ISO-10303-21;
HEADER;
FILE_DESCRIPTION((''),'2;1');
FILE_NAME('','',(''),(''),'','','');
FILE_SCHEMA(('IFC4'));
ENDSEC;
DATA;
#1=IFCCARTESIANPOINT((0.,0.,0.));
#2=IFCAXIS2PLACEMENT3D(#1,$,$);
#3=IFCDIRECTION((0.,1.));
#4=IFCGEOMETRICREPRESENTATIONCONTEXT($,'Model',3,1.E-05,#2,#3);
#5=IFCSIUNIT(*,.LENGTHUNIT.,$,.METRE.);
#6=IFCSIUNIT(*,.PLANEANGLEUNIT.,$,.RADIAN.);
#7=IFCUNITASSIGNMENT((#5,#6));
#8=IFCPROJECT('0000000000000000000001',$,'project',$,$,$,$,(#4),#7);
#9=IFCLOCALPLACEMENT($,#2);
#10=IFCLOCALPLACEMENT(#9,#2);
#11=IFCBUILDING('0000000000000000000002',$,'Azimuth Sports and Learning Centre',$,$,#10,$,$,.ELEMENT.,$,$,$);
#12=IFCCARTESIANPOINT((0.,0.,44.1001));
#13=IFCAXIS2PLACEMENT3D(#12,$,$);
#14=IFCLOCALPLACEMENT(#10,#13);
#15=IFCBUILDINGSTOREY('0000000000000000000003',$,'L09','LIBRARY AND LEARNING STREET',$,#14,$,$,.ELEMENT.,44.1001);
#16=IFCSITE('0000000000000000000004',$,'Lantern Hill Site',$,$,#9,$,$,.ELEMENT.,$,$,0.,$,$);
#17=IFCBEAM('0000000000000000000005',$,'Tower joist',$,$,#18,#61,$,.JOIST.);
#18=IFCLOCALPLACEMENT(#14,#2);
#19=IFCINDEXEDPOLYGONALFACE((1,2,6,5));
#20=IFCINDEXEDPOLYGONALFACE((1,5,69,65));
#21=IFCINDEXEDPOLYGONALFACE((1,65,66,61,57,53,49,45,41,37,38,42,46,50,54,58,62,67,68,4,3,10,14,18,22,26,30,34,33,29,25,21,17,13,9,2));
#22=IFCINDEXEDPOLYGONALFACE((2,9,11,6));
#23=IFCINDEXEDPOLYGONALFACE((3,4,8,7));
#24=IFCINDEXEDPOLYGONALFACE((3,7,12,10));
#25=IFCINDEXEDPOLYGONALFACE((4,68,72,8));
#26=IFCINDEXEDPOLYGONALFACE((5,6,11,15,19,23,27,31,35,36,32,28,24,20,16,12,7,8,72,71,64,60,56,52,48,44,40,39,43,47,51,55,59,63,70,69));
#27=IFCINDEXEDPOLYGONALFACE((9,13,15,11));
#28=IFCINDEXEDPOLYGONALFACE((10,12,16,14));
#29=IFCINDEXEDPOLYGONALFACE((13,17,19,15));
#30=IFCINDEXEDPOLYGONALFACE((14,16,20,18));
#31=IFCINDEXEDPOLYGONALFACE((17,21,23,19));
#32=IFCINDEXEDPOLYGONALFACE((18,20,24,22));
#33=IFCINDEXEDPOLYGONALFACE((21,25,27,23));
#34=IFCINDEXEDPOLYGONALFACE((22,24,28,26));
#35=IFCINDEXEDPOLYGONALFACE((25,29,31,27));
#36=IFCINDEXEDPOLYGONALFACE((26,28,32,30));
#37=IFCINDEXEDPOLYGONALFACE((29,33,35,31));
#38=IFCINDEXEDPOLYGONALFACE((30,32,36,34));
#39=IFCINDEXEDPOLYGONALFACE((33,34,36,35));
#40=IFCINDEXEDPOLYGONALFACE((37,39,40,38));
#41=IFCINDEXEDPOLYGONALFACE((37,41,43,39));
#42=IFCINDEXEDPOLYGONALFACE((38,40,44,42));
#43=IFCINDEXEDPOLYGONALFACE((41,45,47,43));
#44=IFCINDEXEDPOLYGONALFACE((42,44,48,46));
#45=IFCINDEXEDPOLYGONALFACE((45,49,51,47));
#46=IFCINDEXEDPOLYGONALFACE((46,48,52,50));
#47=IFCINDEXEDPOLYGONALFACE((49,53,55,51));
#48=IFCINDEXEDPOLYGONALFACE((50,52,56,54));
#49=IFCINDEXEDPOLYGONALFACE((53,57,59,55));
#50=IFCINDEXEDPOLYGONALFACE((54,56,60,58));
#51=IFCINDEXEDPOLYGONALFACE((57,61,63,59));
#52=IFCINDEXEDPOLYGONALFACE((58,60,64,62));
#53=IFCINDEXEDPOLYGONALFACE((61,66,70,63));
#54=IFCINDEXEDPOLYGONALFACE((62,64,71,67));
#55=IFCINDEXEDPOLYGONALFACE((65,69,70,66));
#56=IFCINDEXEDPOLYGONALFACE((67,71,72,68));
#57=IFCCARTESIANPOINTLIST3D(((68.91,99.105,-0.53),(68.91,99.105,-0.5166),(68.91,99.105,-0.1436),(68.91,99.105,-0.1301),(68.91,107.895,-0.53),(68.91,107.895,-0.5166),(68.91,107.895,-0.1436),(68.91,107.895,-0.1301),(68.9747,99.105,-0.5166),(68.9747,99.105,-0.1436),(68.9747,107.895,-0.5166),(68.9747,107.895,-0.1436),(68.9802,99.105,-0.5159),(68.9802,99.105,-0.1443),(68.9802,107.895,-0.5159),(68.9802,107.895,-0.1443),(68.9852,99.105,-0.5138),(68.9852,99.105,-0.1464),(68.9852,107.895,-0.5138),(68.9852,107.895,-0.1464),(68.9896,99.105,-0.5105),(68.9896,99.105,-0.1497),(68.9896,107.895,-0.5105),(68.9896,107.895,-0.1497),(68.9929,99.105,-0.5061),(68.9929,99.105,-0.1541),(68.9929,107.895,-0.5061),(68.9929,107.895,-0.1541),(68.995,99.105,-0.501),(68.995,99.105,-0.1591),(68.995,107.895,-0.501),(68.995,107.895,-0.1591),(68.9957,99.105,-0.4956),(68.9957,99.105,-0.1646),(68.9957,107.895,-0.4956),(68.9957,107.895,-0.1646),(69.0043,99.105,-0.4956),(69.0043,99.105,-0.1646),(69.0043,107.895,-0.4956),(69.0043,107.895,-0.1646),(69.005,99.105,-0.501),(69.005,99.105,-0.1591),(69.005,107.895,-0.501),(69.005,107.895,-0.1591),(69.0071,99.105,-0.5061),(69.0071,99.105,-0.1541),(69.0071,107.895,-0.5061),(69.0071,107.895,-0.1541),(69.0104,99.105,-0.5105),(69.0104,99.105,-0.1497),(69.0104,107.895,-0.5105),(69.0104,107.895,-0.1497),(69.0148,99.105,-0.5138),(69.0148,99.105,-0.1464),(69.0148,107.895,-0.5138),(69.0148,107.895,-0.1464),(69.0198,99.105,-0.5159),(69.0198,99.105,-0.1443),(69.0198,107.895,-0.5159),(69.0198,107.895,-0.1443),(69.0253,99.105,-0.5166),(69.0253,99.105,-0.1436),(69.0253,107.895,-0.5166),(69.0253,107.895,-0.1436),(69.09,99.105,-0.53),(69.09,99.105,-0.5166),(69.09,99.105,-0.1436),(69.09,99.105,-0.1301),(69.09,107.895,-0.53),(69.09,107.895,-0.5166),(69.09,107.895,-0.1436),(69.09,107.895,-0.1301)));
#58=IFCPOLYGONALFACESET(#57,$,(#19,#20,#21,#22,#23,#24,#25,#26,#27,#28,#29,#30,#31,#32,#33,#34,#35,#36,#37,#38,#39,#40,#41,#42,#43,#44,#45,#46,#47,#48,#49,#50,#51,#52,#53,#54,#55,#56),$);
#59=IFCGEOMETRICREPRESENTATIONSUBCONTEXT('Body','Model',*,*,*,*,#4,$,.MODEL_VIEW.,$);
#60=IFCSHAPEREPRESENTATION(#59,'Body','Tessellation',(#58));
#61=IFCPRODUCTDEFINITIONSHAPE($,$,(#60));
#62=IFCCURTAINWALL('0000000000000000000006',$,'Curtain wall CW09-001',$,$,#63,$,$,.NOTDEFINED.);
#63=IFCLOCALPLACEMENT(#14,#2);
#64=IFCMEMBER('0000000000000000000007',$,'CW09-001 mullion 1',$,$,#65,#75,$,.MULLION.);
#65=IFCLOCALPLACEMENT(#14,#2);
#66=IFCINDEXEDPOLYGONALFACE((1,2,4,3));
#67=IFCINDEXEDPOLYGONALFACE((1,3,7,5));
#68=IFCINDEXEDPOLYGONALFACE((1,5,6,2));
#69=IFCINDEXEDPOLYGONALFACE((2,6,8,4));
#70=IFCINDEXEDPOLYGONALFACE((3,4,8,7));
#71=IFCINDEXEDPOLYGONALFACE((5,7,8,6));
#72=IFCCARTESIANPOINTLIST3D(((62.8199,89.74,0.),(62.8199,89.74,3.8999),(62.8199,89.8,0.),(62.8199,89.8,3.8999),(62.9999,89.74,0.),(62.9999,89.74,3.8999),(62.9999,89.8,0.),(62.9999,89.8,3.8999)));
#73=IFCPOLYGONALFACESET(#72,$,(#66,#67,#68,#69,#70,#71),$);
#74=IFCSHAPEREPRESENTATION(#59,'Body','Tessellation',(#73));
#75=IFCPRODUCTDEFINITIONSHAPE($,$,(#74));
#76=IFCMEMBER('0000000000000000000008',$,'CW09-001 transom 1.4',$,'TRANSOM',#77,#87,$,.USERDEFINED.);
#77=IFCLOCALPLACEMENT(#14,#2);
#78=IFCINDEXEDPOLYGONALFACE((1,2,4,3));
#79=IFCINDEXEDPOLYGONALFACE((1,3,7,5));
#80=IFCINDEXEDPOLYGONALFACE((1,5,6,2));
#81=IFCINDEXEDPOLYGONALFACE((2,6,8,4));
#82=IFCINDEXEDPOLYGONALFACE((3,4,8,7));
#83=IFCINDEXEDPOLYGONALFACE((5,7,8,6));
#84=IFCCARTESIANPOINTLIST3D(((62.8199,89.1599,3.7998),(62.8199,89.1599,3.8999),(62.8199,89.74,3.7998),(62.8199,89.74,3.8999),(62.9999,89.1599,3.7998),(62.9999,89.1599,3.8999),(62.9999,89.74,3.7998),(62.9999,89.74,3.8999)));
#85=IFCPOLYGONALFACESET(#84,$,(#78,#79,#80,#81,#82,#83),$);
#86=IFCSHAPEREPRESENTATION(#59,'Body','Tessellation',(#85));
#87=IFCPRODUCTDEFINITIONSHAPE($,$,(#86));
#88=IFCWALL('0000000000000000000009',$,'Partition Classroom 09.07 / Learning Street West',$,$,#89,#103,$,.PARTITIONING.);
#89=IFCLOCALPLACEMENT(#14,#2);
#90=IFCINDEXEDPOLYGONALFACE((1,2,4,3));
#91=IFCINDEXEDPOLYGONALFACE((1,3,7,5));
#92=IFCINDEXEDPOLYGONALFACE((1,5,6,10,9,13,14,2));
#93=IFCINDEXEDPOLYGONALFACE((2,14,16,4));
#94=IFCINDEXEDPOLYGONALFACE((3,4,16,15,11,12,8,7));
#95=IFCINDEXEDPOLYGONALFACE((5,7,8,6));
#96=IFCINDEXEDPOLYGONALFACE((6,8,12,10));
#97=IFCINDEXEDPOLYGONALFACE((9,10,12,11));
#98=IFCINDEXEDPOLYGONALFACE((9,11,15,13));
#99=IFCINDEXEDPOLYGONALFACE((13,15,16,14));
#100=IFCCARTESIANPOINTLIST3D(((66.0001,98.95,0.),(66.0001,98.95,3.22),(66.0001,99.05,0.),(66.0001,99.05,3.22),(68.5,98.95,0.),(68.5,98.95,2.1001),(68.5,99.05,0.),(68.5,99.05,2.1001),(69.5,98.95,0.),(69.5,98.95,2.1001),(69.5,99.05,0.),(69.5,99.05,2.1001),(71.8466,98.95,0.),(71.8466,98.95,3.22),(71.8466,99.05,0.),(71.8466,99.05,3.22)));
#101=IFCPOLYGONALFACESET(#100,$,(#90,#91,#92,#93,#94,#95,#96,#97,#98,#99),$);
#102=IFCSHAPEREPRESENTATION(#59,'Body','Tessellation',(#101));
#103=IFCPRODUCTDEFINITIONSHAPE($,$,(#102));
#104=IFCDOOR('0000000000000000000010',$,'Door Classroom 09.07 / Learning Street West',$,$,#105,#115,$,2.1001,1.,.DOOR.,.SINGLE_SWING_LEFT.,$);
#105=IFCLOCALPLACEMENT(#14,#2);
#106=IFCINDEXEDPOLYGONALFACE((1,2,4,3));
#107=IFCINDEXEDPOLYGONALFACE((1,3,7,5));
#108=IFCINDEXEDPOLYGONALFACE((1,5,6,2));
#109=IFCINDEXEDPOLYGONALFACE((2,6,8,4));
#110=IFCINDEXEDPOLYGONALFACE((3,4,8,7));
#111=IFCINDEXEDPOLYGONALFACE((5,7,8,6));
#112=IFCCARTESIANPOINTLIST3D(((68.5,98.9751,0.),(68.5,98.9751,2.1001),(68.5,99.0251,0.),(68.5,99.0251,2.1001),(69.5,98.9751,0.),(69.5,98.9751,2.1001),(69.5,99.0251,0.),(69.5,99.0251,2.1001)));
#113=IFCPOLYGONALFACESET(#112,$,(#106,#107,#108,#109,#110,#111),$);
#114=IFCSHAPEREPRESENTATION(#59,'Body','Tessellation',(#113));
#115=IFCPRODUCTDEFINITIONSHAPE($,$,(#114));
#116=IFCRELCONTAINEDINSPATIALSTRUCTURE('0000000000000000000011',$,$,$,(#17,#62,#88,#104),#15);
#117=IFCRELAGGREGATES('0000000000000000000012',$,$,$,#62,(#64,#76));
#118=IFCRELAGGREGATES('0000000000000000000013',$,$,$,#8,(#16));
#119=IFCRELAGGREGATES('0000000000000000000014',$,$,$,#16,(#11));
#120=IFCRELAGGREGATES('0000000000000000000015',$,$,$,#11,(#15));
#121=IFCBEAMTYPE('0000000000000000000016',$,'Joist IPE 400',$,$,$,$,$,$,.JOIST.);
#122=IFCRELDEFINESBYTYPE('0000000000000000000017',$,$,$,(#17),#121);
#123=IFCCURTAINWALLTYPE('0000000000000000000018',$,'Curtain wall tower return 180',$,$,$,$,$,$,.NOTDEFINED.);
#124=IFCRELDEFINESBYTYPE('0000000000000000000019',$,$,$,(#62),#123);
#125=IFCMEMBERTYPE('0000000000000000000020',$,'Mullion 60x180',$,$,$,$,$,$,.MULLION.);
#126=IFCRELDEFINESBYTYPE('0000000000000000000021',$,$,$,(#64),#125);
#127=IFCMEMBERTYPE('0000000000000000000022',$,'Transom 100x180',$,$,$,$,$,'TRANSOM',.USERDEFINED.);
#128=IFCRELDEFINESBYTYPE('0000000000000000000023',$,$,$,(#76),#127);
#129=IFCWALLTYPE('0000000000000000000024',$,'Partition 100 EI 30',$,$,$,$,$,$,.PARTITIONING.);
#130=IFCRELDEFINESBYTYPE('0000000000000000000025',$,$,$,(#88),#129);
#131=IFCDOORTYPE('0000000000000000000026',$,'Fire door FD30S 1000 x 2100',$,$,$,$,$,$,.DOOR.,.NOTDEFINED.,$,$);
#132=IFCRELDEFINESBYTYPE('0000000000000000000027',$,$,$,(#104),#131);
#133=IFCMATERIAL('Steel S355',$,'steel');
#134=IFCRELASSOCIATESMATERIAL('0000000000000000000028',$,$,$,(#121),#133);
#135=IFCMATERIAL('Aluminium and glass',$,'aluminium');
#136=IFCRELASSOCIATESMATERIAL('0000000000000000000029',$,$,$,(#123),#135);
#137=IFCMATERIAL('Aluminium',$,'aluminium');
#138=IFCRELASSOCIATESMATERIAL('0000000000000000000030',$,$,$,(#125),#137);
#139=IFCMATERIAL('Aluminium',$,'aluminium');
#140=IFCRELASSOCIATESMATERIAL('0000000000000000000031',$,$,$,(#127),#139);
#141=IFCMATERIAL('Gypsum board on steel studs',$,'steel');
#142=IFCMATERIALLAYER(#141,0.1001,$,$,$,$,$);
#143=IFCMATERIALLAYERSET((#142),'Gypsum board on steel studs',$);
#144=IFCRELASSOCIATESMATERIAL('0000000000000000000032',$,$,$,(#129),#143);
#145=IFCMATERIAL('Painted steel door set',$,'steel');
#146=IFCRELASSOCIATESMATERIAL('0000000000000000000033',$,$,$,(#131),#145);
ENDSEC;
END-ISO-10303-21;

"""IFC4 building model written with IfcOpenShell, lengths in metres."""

from ifc_helpers import new_model, si_unit, direction, frame, frame_2d, origin, origin_2d, place, context, subcontext, project, spatial, rectangle, i_section, extrude, material, layer, layer_set, material_profile, profile_set, type_object, element, fill, aggregate, save


model = new_model("IFC4")

# Units and contexts
model_context = context("Model", 3, precision=1e-05, world=origin(), true_north=direction((0.0, 1.0)))
body_context = subcontext(model_context, "Body", "Model", "MODEL_VIEW")
ifc_project = project(units=[si_unit("LENGTHUNIT", "METRE"), si_unit("PLANEANGLEUNIT", "RADIAN")], contexts=[model_context])

# Site, building, storey
site_placement = place(None, origin())
site = spatial("IfcSite", under=ifc_project, at=site_placement, Name="Lantern Hill Site", CompositionType="ELEMENT", RefElevation=0.0)
building_placement = place(site_placement, origin())
building = spatial("IfcBuilding", under=site, at=building_placement, Name="Azimuth Sports and Learning Centre", CompositionType="ELEMENT")
storey_placement = place(building_placement, frame((0.0, 0.0, 44.1001)))
storey = spatial("IfcBuildingStorey", under=building, at=storey_placement, Name="L09", Description="LIBRARY AND LEARNING STREET", CompositionType="ELEMENT", Elevation=44.1001)

# Beam
ifc_material_1 = material(Name="Steel S355", Category="steel")
ifc_material_profile_1 = material_profile(ifc_material_1, i_section(OverallWidth=0.1799, OverallDepth=0.3999, WebThickness=0.0085, FlangeThickness=0.0134, FilletRadius=0.021, at=origin_2d()), Name="IPE 400")
ifc_profile_set_1 = profile_set([ifc_material_profile_1], Name="Steel S355")
beam_type_1 = type_object("IfcBeamType", Name="Joist IPE 400", PredefinedType="JOIST", material=ifc_profile_set_1)
for number, where, z_axis, x_axis, name in (
    (1, (69.0, 99.105, -0.3301), (0.0, 1.0, 0.0), (-1.0, 0.0, 0.0), "Tower joist"),
):
    element("IfcBeam", number, at=place(storey_placement, frame(where, z_axis=z_axis, x_axis=x_axis)), inside=storey, type_object=beam_type_1, Name=name, PredefinedType="JOIST", context=body_context, shape_type="SweptSolid", body=[
        extrude(i_section(OverallWidth=0.1799, OverallDepth=0.3999, WebThickness=0.0085, FlangeThickness=0.0134, FilletRadius=0.021, at=origin_2d()), origin(), (0.0, 0.0, 1.0), 8.79),
    ])

# Curtain wall, members
ifc_material_2 = material(Name="Aluminium and glass", Category="aluminium")
curtain_wall_type = type_object("IfcCurtainWallType", Name="Curtain wall tower return 180", PredefinedType="NOTDEFINED", material=ifc_material_2)
curtain_wall_placement = place(storey_placement, origin())
curtain_wall = element("IfcCurtainWall", 2, at=curtain_wall_placement, inside=storey, type_object=curtain_wall_type, Name="Curtain wall CW09-001", PredefinedType="NOTDEFINED")
ifc_material_3 = material(Name="Aluminium", Category="aluminium")
ifc_material_profile_2 = material_profile(ifc_material_3, rectangle(XDim=0.1799, YDim=0.0601, at=origin_2d()), Name="Mullion 60x180")
ifc_profile_set_2 = profile_set([ifc_material_profile_2], Name="Aluminium")
member_type_1 = type_object("IfcMemberType", Name="Mullion 60x180", PredefinedType="MULLION", material=ifc_profile_set_2)
member_1_placement = place(storey_placement, frame((62.9099, 89.77, 0.0), z_axis=(0.0, 0.0, 1.0), x_axis=(1.0, 0.0, 0.0)))
member_1 = element("IfcMember", 3, at=member_1_placement, type_object=member_type_1, Name="CW09-001 mullion 1", PredefinedType="MULLION", context=body_context, shape_type="SweptSolid", body=[
    extrude(rectangle(XDim=0.1799, YDim=0.0601, at=origin_2d()), origin(), (0.0, 0.0, 1.0), 3.8999),
])
ifc_material_4 = material(Name="Aluminium", Category="aluminium")
ifc_material_profile_3 = material_profile(ifc_material_4, rectangle(XDim=0.1799, YDim=0.1001, at=origin_2d()), Name="Transom 100x180")
ifc_profile_set_3 = profile_set([ifc_material_profile_3], Name="Aluminium")
member_type_2 = type_object("IfcMemberType", Name="Transom 100x180", ElementType="TRANSOM", PredefinedType="USERDEFINED", material=ifc_profile_set_3)
member_2_placement = place(storey_placement, frame((62.9099, 89.74, 3.8499), z_axis=(0.0, -1.0, 0.0), x_axis=(1.0, 0.0, 0.0)))
member_2 = element("IfcMember", 4, at=member_2_placement, type_object=member_type_2, Name="CW09-001 transom 1.4", ObjectType="TRANSOM", PredefinedType="USERDEFINED", context=body_context, shape_type="SweptSolid", body=[
    extrude(rectangle(XDim=0.1799, YDim=0.1001, at=origin_2d()), origin(), (0.0, 0.0, 1.0), 0.5801),
])
aggregate(curtain_wall, [member_1, member_2])

# Wall, opening, door
ifc_material_5 = material(Name="Gypsum board on steel studs", Category="steel")
ifc_layer_1 = layer(ifc_material_5, 0.1001)
ifc_layer_set_1 = layer_set([ifc_layer_1], Name="Gypsum board on steel studs")
wall_type_1 = type_object("IfcWallType", Name="Partition 100 EI 30", PredefinedType="PARTITIONING", material=ifc_layer_set_1)
wall_1_placement = place(storey_placement, frame((66.0, 99.0, 0.0), z_axis=(0.0, 0.0, 1.0), x_axis=(1.0, 0.0, 0.0)))
wall_1 = element("IfcWall", 5, at=wall_1_placement, inside=storey, type_object=wall_type_1, Name="Partition Classroom 09.07 / Learning Street West", PredefinedType="PARTITIONING", context=body_context, shape_type="SweptSolid", body=[
    extrude(rectangle(XDim=5.8464, YDim=0.1001, at=frame_2d((2.9233, 0.0))), origin(), (0.0, 0.0, 1.0), 3.22),
])
opening_1_placement = place(wall_1_placement, frame((2.5, 0.0, 0.0)))
opening_1 = element("IfcOpeningElement", 6, at=opening_1_placement, cuts=wall_1, PredefinedType="OPENING", context=body_context, shape_type="SweptSolid", body=[
    extrude(rectangle(XDim=1.0, YDim=2.1001, at=frame_2d((0.5, 1.05))), frame((0.0, 0.061, 0.0), z_axis=(0.0, -1.0, 0.0), x_axis=(1.0, 0.0, 0.0)), (0.0, 0.0, 1.0), 0.1221),
])
ifc_material_6 = material(Name="Painted steel door set", Category="steel")
door_type_1 = type_object("IfcDoorType", Name="Fire door FD30S 1000 x 2100", OperationType="NOTDEFINED", PredefinedType="DOOR", material=ifc_material_6)
door_1_placement = place(opening_1_placement, frame((1.0, 0.0, 0.0), z_axis=(0.0, 0.0, 1.0), x_axis=(-1.0, 0.0, 0.0)))
door_1 = element("IfcDoor", 7, at=door_1_placement, inside=storey, type_object=door_type_1, Name="Door Classroom 09.07 / Learning Street West", OperationType="SINGLE_SWING_LEFT", OverallHeight=2.1001, OverallWidth=1.0, PredefinedType="DOOR", context=body_context, shape_type="SweptSolid", body=[
    extrude(rectangle(XDim=1.0, YDim=2.1001, at=frame_2d((0.5, 1.05))), frame((0.0, 0.0249, 0.0), z_axis=(0.0, -1.0, 0.0), x_axis=(1.0, 0.0, 0.0)), (0.0, 0.0, 1.0), 0.05),
])
fill(opening_1, door_1)

save(model, "model.ifc")
